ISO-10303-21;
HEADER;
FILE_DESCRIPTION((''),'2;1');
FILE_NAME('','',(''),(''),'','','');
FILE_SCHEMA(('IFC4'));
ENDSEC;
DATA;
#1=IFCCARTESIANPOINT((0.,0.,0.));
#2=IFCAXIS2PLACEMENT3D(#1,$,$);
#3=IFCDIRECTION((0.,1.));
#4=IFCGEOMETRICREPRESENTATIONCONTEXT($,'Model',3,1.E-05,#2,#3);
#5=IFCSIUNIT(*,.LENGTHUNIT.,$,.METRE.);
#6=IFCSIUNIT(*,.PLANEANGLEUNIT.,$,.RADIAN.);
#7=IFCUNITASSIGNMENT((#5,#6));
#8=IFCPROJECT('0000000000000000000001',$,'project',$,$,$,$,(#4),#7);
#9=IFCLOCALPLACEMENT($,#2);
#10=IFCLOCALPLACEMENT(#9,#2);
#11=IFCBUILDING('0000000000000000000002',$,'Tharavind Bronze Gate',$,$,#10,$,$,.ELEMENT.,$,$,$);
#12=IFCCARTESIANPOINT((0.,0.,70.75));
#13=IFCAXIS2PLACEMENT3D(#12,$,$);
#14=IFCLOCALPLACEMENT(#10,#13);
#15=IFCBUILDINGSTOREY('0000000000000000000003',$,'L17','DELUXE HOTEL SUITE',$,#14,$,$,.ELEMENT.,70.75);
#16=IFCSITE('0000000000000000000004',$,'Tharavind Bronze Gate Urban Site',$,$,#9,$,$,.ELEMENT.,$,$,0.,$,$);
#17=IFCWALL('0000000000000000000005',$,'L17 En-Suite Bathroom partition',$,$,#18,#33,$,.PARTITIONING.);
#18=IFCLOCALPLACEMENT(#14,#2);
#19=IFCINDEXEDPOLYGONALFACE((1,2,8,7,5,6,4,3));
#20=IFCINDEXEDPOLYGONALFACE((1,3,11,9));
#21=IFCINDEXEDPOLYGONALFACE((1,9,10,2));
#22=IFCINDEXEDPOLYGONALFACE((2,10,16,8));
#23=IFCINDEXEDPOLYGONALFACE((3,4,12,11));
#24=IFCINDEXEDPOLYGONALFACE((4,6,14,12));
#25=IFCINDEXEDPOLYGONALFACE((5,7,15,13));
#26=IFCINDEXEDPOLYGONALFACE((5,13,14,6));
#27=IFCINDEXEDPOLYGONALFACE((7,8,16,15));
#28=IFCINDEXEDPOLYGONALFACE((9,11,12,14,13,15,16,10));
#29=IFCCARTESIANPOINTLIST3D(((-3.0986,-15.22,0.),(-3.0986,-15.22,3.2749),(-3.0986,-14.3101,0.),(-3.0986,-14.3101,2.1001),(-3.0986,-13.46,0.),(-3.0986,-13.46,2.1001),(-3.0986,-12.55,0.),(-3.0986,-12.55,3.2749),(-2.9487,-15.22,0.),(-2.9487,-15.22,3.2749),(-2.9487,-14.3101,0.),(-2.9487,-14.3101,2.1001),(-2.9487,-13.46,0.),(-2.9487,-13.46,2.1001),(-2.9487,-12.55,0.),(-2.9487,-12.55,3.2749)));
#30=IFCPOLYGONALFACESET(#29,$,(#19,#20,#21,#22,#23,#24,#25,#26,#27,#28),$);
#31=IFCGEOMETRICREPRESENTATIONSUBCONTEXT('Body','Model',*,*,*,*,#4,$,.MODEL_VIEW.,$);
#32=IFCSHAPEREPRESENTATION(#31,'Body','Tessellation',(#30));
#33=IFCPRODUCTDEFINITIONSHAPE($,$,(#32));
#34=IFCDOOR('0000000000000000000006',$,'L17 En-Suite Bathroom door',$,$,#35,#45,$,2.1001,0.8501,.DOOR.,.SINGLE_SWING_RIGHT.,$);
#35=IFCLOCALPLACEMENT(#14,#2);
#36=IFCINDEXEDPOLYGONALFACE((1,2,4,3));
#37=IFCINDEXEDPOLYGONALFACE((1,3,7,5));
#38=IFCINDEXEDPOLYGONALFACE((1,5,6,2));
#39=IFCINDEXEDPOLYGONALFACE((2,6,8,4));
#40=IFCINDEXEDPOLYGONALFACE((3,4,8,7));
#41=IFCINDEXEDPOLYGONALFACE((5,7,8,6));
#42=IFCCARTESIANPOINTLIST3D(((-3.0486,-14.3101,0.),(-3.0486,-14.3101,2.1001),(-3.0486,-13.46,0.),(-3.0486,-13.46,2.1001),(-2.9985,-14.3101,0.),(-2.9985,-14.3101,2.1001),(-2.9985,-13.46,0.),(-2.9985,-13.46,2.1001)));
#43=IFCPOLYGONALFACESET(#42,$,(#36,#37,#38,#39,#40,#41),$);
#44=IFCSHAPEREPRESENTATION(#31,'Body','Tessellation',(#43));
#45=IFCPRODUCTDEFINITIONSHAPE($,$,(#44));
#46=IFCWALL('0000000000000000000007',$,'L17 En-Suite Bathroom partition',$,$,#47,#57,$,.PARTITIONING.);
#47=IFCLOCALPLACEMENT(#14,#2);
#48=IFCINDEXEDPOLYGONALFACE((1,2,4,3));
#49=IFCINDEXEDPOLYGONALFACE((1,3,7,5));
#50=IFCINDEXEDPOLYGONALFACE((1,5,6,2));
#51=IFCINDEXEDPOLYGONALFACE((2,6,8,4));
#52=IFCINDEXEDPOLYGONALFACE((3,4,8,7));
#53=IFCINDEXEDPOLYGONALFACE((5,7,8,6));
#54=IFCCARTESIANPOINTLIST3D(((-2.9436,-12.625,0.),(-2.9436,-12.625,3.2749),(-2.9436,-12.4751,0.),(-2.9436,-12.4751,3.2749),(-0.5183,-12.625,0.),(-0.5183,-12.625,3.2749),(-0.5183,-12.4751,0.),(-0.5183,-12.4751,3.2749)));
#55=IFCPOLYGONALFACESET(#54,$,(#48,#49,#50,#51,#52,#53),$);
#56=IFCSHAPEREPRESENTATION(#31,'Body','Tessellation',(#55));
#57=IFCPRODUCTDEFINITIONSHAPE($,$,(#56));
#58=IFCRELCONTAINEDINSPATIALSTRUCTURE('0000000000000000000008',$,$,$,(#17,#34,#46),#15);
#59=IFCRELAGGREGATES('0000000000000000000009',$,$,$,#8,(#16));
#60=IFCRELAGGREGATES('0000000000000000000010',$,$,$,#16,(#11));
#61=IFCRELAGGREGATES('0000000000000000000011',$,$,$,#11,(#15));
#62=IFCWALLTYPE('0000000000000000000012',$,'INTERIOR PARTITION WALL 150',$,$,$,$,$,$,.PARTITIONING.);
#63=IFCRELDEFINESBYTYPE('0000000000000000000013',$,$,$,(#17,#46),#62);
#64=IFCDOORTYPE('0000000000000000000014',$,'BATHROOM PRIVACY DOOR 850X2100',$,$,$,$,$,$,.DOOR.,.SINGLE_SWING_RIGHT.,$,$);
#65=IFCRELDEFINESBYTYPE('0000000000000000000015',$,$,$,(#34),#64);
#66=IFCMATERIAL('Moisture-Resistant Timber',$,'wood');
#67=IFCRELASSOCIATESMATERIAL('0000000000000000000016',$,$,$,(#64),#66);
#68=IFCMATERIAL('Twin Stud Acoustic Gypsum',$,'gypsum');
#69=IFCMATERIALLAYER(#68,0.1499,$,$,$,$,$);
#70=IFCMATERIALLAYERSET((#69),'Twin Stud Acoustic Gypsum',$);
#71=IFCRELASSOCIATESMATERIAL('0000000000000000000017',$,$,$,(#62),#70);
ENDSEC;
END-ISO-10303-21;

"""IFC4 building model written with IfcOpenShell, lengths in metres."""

from ifc_helpers import new_model, si_unit, direction, frame, frame_2d, origin, place, context, subcontext, project, spatial, rectangle, extrude, material, layer, layer_set, type_object, element, fill, save


model = new_model("IFC4")

# Units and contexts
model_context = context("Model", 3, precision=1e-05, world=origin(), true_north=direction((0.0, 1.0)))
body_context = subcontext(model_context, "Body", "Model", "MODEL_VIEW")
ifc_project = project(units=[si_unit("LENGTHUNIT", "METRE"), si_unit("PLANEANGLEUNIT", "RADIAN")], contexts=[model_context])

# Site, building, storey
site_placement = place(None, origin())
site = spatial("IfcSite", under=ifc_project, at=site_placement, Name="Tharavind Bronze Gate Urban Site", CompositionType="ELEMENT", RefElevation=0.0)
building_placement = place(site_placement, origin())
building = spatial("IfcBuilding", under=site, at=building_placement, Name="Tharavind Bronze Gate", CompositionType="ELEMENT")
storey_placement = place(building_placement, frame((0.0, 0.0, 70.75)))
storey = spatial("IfcBuildingStorey", under=building, at=storey_placement, Name="L17", Description="DELUXE HOTEL SUITE", CompositionType="ELEMENT", Elevation=70.75)

# Shared definitions
ifc_material_1 = material(Name="Moisture-Resistant Timber", Category="wood")
door_type_1 = type_object("IfcDoorType", Name="BATHROOM PRIVACY DOOR 850X2100", OperationType="SINGLE_SWING_RIGHT", PredefinedType="DOOR", material=ifc_material_1)

# Shared definitions
ifc_material_2 = material(Name="Twin Stud Acoustic Gypsum", Category="gypsum")
ifc_layer_1 = layer(ifc_material_2, 0.1499)
ifc_layer_set_1 = layer_set([ifc_layer_1], Name="Twin Stud Acoustic Gypsum")
wall_type_1 = type_object("IfcWallType", Name="INTERIOR PARTITION WALL 150", PredefinedType="PARTITIONING", material=ifc_layer_set_1)

# Wall, opening, door
wall_1_placement = place(storey_placement, frame((-3.0237, -15.22, 0.0), z_axis=(0.0, 0.0, 1.0), x_axis=(0.0, 1.0, 0.0)))
wall_1 = element("IfcWall", 1, at=wall_1_placement, inside=storey, type_object=wall_type_1, Name="L17 En-Suite Bathroom partition", PredefinedType="PARTITIONING", context=body_context, shape_type="SweptSolid", body=[
    extrude(rectangle(XDim=2.6699, YDim=0.1499, at=frame_2d((1.335, 0.0))), origin(), (0.0, 0.0, 1.0), 3.2749),
])
opening_1_placement = place(wall_1_placement, frame((0.9099, 0.0, 0.0)))
opening_1 = element("IfcOpeningElement", 2, at=opening_1_placement, cuts=wall_1, PredefinedType="OPENING", context=body_context, shape_type="SweptSolid", body=[
    extrude(rectangle(XDim=0.8501, YDim=2.1001, at=frame_2d((0.425, 1.05))), frame((0.0, 0.085, 0.0), z_axis=(0.0, -1.0, 0.0), x_axis=(1.0, 0.0, 0.0)), (0.0, 0.0, 1.0), 0.1699),
])
door_1_placement = place(opening_1_placement, origin())
door_1 = element("IfcDoor", 3, at=door_1_placement, inside=storey, type_object=door_type_1, Name="L17 En-Suite Bathroom door", OperationType="SINGLE_SWING_RIGHT", OverallHeight=2.1001, OverallWidth=0.8501, PredefinedType="DOOR", context=body_context, shape_type="SweptSolid", body=[
    extrude(rectangle(XDim=0.8501, YDim=2.1001, at=frame_2d((0.425, 1.05))), frame((0.0, 0.0249, 0.0), z_axis=(0.0, -1.0, 0.0), x_axis=(1.0, 0.0, 0.0)), (0.0, 0.0, 1.0), 0.05),
])
fill(opening_1, door_1)

# Wall
wall_2_placement = place(storey_placement, frame((-2.9436, -12.55, 0.0), z_axis=(0.0, 0.0, 1.0), x_axis=(1.0, 0.0, 0.0)))
element("IfcWall", 4, at=wall_2_placement, inside=storey, type_object=wall_type_1, Name="L17 En-Suite Bathroom partition", PredefinedType="PARTITIONING", context=body_context, shape_type="SweptSolid", body=[
    extrude(rectangle(XDim=2.4253, YDim=0.1499, at=frame_2d((1.2126, 0.0))), origin(), (0.0, 0.0, 1.0), 3.2749),
])

save(model, "model.ifc")
